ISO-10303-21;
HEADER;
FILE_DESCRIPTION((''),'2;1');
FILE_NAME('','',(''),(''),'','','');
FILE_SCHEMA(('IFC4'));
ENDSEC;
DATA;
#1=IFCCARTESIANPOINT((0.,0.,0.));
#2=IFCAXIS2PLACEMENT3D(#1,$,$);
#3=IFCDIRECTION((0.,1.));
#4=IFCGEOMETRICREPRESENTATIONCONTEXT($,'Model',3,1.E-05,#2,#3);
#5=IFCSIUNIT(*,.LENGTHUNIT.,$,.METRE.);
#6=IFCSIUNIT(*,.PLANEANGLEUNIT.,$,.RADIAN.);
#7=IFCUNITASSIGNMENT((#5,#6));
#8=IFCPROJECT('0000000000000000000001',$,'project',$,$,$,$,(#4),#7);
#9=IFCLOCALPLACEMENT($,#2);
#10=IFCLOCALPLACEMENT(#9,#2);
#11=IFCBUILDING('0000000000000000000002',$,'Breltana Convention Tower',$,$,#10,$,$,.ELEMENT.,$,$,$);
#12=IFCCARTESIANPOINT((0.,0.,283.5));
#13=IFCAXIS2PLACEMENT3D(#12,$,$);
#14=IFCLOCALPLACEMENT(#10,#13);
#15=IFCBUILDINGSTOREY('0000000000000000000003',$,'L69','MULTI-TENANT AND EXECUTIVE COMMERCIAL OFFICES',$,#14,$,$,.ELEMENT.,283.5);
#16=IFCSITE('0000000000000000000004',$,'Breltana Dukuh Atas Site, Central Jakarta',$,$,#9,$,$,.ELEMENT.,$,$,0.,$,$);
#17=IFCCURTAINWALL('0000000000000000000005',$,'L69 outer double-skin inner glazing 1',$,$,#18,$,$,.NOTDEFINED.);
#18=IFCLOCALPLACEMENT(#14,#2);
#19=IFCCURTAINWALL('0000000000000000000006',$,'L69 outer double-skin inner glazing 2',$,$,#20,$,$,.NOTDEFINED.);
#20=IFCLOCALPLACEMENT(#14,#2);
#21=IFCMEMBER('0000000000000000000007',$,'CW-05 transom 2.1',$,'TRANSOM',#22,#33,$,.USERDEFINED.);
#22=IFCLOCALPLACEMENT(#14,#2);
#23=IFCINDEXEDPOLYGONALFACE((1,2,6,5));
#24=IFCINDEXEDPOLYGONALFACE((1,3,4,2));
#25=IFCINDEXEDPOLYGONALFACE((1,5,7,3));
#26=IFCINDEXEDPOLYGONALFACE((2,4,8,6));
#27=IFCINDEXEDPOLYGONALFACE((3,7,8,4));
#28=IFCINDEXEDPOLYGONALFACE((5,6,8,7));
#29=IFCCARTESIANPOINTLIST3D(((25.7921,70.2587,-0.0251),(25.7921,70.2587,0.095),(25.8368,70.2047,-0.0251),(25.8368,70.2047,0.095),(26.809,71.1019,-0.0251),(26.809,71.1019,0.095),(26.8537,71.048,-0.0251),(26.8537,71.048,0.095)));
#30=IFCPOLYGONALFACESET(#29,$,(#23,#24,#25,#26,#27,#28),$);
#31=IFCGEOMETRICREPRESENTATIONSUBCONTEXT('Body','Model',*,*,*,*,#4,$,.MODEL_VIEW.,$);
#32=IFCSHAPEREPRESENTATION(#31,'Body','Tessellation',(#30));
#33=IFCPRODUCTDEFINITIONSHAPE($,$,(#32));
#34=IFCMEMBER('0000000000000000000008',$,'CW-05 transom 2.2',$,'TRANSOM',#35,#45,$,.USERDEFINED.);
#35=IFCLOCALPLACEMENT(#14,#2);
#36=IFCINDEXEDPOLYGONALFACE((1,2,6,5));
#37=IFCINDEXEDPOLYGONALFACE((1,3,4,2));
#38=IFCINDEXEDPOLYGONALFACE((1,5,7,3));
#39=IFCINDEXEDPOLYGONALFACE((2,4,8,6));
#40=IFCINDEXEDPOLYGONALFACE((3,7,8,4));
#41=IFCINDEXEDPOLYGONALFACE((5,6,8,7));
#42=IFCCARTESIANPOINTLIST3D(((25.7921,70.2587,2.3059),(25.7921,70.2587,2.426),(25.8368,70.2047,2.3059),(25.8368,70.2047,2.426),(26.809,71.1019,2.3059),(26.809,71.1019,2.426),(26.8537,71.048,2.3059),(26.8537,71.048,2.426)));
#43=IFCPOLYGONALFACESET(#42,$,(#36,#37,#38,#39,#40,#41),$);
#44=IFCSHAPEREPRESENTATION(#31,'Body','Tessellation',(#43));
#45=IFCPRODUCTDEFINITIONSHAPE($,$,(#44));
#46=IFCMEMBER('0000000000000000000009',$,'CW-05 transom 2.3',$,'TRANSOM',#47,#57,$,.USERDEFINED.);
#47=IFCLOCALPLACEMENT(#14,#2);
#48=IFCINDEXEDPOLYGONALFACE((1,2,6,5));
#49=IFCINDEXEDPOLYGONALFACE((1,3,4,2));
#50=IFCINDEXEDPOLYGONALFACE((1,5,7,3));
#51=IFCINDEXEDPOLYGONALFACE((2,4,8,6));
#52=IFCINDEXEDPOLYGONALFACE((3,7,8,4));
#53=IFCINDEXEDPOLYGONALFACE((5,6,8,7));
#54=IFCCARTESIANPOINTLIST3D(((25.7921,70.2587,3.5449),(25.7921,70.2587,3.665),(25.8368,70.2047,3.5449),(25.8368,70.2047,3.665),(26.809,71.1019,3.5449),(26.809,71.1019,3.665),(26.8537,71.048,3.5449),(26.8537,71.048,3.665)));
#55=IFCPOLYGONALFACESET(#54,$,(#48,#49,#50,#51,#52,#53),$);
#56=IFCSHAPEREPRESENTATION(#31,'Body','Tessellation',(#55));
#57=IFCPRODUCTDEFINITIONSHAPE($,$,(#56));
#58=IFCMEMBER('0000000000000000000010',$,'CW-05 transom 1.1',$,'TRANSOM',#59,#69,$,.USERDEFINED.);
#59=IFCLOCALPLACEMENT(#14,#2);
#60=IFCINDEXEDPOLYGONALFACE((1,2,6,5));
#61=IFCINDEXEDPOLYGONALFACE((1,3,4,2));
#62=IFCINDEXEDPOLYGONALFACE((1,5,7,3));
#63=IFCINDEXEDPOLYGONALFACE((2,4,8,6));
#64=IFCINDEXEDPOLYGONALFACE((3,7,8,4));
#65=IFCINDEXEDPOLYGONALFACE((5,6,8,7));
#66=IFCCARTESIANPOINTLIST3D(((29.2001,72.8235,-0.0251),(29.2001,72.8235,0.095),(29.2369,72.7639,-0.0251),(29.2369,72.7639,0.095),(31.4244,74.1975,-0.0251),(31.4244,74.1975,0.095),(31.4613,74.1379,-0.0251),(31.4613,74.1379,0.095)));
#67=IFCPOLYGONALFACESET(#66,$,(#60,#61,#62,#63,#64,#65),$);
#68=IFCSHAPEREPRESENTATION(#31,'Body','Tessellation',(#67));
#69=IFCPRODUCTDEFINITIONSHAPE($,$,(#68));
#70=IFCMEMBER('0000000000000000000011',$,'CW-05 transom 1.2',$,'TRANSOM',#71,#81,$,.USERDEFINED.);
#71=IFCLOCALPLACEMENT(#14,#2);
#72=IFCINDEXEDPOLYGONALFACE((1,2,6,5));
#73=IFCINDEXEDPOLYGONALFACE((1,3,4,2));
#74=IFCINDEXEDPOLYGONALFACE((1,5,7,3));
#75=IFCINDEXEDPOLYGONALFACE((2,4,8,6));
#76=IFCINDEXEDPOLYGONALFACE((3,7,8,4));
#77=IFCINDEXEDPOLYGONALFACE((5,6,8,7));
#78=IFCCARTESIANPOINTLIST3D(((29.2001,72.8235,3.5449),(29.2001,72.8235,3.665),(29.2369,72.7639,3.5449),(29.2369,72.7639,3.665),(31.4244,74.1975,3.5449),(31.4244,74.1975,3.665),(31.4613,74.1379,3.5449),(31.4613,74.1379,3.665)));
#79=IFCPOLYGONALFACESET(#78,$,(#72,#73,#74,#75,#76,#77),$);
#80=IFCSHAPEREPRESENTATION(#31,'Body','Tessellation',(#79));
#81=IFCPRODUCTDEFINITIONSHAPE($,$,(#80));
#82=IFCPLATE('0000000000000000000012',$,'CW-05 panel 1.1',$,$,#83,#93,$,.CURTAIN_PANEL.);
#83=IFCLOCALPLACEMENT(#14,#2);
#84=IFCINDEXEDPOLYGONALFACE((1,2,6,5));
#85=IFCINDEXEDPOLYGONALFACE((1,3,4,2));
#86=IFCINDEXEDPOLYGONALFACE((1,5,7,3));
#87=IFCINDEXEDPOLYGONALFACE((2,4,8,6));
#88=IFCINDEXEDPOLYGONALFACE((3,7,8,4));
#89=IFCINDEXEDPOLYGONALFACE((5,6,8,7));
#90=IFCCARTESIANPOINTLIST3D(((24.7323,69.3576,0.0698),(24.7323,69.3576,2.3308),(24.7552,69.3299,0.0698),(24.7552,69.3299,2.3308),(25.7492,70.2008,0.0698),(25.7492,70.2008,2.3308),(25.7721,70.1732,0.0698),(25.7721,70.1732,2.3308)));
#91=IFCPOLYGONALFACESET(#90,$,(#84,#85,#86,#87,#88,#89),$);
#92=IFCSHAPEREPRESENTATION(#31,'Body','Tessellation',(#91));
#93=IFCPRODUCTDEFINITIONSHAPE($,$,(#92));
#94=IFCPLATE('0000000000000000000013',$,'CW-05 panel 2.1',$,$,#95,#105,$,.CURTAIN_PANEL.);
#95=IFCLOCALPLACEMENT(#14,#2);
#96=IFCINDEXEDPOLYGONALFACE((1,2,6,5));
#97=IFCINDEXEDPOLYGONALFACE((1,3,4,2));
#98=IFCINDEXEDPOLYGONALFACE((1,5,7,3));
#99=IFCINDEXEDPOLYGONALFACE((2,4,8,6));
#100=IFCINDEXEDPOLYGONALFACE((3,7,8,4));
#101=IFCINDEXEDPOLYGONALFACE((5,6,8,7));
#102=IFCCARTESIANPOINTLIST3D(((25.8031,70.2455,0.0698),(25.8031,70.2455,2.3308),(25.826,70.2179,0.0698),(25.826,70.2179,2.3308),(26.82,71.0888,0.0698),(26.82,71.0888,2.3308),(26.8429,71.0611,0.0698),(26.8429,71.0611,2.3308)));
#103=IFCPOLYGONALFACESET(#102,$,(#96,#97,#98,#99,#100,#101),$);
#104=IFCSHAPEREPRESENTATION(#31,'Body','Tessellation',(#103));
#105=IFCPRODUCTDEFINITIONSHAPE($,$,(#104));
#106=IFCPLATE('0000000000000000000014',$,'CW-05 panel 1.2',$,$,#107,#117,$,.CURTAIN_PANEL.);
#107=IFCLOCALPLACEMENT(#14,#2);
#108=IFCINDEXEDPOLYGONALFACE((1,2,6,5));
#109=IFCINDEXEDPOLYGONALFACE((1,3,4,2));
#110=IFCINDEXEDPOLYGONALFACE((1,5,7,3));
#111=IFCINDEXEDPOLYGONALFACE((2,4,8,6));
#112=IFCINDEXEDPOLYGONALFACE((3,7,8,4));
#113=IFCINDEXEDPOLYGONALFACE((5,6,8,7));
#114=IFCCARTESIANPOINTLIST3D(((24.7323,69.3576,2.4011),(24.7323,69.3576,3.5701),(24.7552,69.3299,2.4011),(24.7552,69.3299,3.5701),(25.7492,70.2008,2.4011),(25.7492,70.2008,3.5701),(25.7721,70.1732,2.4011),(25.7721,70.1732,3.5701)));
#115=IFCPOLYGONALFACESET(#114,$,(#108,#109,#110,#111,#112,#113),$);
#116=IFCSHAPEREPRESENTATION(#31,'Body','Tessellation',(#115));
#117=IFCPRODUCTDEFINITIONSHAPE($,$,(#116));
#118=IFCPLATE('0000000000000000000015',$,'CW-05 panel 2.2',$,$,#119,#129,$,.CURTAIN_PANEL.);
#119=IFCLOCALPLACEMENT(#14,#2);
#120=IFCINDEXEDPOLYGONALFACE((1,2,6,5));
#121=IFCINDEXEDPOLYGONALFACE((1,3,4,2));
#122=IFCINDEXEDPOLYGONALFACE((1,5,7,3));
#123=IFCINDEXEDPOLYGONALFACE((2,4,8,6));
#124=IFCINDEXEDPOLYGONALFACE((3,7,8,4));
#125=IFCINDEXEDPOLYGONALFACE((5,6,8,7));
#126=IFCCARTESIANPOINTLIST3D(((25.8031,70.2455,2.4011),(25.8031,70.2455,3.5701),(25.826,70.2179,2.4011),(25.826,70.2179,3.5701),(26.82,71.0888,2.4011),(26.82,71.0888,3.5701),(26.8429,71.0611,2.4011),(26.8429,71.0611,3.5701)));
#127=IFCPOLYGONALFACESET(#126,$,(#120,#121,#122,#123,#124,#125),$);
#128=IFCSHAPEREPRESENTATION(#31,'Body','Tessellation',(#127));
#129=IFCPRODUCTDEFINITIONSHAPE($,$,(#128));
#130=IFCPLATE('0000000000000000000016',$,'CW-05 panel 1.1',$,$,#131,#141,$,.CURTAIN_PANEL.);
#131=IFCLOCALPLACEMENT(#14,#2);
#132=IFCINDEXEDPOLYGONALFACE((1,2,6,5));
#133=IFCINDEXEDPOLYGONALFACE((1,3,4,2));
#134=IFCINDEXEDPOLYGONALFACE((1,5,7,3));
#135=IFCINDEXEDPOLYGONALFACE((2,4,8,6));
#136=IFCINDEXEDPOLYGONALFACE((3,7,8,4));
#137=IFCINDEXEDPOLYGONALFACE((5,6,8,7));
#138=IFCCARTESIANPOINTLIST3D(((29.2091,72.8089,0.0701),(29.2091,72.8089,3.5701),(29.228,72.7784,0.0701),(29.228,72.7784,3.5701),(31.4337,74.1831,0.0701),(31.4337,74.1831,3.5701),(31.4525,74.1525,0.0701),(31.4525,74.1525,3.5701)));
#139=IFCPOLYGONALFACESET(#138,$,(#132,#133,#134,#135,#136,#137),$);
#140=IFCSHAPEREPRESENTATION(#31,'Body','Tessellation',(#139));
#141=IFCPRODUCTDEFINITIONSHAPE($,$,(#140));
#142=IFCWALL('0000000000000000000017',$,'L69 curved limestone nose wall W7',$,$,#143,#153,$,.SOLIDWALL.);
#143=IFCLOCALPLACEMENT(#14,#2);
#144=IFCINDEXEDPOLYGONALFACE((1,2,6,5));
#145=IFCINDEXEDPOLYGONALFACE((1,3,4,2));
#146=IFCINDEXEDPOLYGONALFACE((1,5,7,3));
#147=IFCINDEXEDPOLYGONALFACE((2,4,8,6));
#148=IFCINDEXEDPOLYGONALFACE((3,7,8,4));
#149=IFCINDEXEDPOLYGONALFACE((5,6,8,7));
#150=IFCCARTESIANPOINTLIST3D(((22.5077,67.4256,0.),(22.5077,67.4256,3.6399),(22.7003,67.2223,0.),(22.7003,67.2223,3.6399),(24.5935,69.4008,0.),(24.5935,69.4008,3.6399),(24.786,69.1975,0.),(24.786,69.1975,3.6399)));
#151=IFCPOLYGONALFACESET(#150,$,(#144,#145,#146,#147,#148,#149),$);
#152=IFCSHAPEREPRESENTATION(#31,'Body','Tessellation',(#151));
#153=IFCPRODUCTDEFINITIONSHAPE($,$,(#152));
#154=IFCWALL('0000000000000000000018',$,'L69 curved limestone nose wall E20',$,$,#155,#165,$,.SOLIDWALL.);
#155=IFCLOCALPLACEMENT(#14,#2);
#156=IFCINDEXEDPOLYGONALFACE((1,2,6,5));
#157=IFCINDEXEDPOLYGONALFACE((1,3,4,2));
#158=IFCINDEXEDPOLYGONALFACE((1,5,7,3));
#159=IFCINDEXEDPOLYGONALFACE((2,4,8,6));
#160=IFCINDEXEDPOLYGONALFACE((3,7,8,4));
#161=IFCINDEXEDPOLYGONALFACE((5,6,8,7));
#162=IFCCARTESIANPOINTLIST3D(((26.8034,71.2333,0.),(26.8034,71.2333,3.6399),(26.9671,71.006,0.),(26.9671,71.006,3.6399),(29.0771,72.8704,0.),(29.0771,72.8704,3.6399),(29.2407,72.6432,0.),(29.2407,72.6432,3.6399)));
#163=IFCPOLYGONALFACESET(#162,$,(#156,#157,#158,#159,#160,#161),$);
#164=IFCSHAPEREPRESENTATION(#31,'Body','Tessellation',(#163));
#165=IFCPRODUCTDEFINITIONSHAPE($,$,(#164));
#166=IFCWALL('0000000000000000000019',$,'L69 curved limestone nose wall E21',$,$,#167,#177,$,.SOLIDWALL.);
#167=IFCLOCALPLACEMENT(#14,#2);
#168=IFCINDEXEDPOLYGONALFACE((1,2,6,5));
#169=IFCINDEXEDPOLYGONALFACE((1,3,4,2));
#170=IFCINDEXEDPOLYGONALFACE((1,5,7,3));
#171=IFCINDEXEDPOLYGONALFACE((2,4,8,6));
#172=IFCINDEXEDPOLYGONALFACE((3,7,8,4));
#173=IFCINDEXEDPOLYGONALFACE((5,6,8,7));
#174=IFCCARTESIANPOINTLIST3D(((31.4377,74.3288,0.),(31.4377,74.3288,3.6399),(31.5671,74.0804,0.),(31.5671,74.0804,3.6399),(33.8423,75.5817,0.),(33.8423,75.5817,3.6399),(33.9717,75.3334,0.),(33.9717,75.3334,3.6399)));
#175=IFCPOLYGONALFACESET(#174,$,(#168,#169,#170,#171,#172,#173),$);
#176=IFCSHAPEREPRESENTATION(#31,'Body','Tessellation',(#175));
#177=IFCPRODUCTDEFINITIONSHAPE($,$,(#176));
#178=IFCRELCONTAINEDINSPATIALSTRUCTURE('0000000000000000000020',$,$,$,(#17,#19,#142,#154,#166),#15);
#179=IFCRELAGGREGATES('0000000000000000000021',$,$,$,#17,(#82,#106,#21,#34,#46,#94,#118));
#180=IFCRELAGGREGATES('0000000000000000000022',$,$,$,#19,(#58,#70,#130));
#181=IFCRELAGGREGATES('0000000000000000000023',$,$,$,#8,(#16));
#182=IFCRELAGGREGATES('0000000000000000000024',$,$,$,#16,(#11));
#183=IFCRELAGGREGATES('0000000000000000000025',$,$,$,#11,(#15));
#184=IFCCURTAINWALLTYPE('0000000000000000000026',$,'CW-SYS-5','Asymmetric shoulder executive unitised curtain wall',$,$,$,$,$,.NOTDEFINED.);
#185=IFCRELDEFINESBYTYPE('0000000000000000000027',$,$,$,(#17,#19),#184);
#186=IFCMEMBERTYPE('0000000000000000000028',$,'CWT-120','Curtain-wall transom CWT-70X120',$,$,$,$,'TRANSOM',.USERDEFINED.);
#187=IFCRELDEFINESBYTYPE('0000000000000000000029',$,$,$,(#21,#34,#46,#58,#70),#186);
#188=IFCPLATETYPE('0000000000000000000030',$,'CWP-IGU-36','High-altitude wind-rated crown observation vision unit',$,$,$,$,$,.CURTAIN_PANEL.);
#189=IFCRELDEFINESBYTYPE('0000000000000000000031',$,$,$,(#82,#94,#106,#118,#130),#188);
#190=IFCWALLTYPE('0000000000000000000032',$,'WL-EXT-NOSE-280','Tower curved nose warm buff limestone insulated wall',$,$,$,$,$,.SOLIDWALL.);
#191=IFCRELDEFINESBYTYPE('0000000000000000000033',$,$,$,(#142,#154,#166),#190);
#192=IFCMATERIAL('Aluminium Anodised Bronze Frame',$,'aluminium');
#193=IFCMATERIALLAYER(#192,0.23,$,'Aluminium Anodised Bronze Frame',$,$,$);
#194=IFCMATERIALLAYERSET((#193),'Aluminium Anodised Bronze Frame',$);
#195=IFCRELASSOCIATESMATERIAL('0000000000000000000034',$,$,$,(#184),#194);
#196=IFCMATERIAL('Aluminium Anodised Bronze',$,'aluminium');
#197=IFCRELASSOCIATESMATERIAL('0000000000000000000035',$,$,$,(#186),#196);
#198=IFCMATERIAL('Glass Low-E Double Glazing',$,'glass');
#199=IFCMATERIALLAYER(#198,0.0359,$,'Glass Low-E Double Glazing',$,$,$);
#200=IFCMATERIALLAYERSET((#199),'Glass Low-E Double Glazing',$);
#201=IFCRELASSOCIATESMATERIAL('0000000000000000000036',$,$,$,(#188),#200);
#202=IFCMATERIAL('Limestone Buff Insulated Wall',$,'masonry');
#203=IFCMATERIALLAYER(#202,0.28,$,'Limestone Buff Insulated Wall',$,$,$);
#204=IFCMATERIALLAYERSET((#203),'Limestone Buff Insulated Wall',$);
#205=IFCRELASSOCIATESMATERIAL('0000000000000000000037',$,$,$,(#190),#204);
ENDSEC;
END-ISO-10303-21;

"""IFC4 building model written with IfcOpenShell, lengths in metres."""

from ifc_helpers import new_model, si_unit, direction, frame, frame_2d, origin, origin_2d, place, context, subcontext, project, spatial, rectangle, extrude, source, transform, mapped, material, layer, layer_set, material_profile, profile_set, type_object, element, aggregate, save


model = new_model("IFC4")

# Units and contexts
model_context = context("Model", 3, precision=1e-05, world=origin(), true_north=direction((0.0, 1.0)))
body_context = subcontext(model_context, "Body", "Model", "MODEL_VIEW")
ifc_project = project(units=[si_unit("LENGTHUNIT", "METRE"), si_unit("PLANEANGLEUNIT", "RADIAN")], contexts=[model_context])

# Site, building, storey
site_placement = place(None, origin())
site = spatial("IfcSite", under=ifc_project, at=site_placement, Name="Breltana Dukuh Atas Site, Central Jakarta", CompositionType="ELEMENT", RefElevation=0.0)
building_placement = place(site_placement, origin())
building = spatial("IfcBuilding", under=site, at=building_placement, Name="Breltana Convention Tower", CompositionType="ELEMENT")
storey_placement = place(building_placement, frame((0.0, 0.0, 283.5)))
storey = spatial("IfcBuildingStorey", under=building, at=storey_placement, Name="L69", Description="MULTI-TENANT AND EXECUTIVE COMMERCIAL OFFICES", CompositionType="ELEMENT", Elevation=283.5)

# Curtain walls
ifc_material_1 = material(Name="Aluminium Anodised Bronze Frame", Category="aluminium")
ifc_layer_1 = layer(ifc_material_1, 0.23, Name="Aluminium Anodised Bronze Frame")
ifc_layer_set_1 = layer_set([ifc_layer_1], Name="Aluminium Anodised Bronze Frame")
curtain_wall_type = type_object("IfcCurtainWallType", Name="CW-SYS-5", Description="Asymmetric shoulder executive unitised curtain wall", PredefinedType="NOTDEFINED", material=ifc_layer_set_1)
curtain_wall_1_placement = place(storey_placement, origin())
curtain_wall_1 = element("IfcCurtainWall", 1, at=curtain_wall_1_placement, inside=storey, type_object=curtain_wall_type, Name="L69 outer double-skin inner glazing 1", PredefinedType="NOTDEFINED")
ifc_material_2 = material(Name="Aluminium Anodised Bronze", Category="aluminium")
curtain_wall_2_placement = place(storey_placement, origin())
curtain_wall_2 = element("IfcCurtainWall", 2, at=curtain_wall_2_placement, inside=storey, type_object=curtain_wall_type, Name="L69 outer double-skin inner glazing 2", PredefinedType="NOTDEFINED")

# Members
ifc_material_profile_1 = material_profile(ifc_material_2, rectangle(XDim=0.0701, YDim=0.1201, at=origin_2d()), Name="CWT-70X120")
ifc_profile_set_1 = profile_set([ifc_material_profile_1], Name="Aluminium Anodised Bronze")
member_type_1 = type_object("IfcMemberType", Name="CWT-120", Description="Curtain-wall transom CWT-70X120", ElementType="TRANSOM", PredefinedType="USERDEFINED", material=ifc_profile_set_1)
shared_shape_1 = source(origin(), body_context, "Body", "SweptSolid", [
    extrude(rectangle(XDim=0.0701, YDim=0.1201, at=origin_2d()), origin(), (0.0, 0.0, 1.0), 1.321),
])
member_1_placement = place(storey_placement, frame((25.8145, 70.2317, 0.0349), z_axis=(0.769749, 0.638347, 0.0), x_axis=(-0.638347, 0.769749, 0.0)))
member_1 = element("IfcMember", 3, at=member_1_placement, type_object=member_type_1, Name="CW-05 transom 2.1", ObjectType="TRANSOM", PredefinedType="USERDEFINED", context=body_context, shape_type="MappedRepresentation", body=[
    mapped(shared_shape_1, transform((0.0, 0.0, 0.0), scale=1.0)),
])
member_2_placement = place(storey_placement, frame((25.8145, 70.2317, 2.366), z_axis=(0.769749, 0.638347, 0.0), x_axis=(-0.638347, 0.769749, 0.0)))
member_2 = element("IfcMember", 4, at=member_2_placement, type_object=member_type_1, Name="CW-05 transom 2.2", ObjectType="TRANSOM", PredefinedType="USERDEFINED", context=body_context, shape_type="MappedRepresentation", body=[
    mapped(shared_shape_1, transform((0.0, 0.0, 0.0), scale=1.0)),
])
member_3_placement = place(storey_placement, frame((25.8145, 70.2317, 3.605), z_axis=(0.769749, 0.638347, 0.0), x_axis=(-0.638347, 0.769749, 0.0)))
member_3 = element("IfcMember", 5, at=member_3_placement, type_object=member_type_1, Name="CW-05 transom 2.3", ObjectType="TRANSOM", PredefinedType="USERDEFINED", context=body_context, shape_type="MappedRepresentation", body=[
    mapped(shared_shape_1, transform((0.0, 0.0, 0.0), scale=1.0)),
])
shared_shape_2 = source(origin(), body_context, "Body", "SweptSolid", [
    extrude(rectangle(XDim=0.0701, YDim=0.1201, at=origin_2d()), origin(), (0.0, 0.0, 1.0), 2.6145),
])
member_4_placement = place(storey_placement, frame((29.2185, 72.7937, 0.0349), z_axis=(0.850772, 0.525535, 0.0), x_axis=(-0.525535, 0.850772, 0.0)))
member_4 = element("IfcMember", 6, at=member_4_placement, type_object=member_type_1, Name="CW-05 transom 1.1", ObjectType="TRANSOM", PredefinedType="USERDEFINED", context=body_context, shape_type="MappedRepresentation", body=[
    mapped(shared_shape_2, transform((0.0, 0.0, 0.0), scale=1.0)),
])
member_5_placement = place(storey_placement, frame((29.2185, 72.7937, 3.605), z_axis=(0.850772, 0.525535, 0.0), x_axis=(-0.525535, 0.850772, 0.0)))
member_5 = element("IfcMember", 7, at=member_5_placement, type_object=member_type_1, Name="CW-05 transom 1.2", ObjectType="TRANSOM", PredefinedType="USERDEFINED", context=body_context, shape_type="MappedRepresentation", body=[
    mapped(shared_shape_2, transform((0.0, 0.0, 0.0), scale=1.0)),
])

# Plates
ifc_material_3 = material(Name="Glass Low-E Double Glazing", Category="glass")
ifc_layer_2 = layer(ifc_material_3, 0.0359, Name="Glass Low-E Double Glazing")
ifc_layer_set_2 = layer_set([ifc_layer_2], Name="Glass Low-E Double Glazing")
plate_type = type_object("IfcPlateType", Name="CWP-IGU-36", Description="High-altitude wind-rated crown observation vision unit", PredefinedType="CURTAIN_PANEL", material=ifc_layer_set_2)
shared_shape_3 = source(origin(), body_context, "Body", "SweptSolid", [
    extrude(rectangle(XDim=1.321, YDim=0.0359, at=origin_2d()), origin(), (0.0, 0.0, 1.0), 2.261),
])
plate_1_placement = place(storey_placement, frame((25.2522, 69.7654, 0.0698), z_axis=(0.0, 0.0, 1.0), x_axis=(0.769771, 0.63832, 0.0)))
plate_1 = element("IfcPlate", 8, at=plate_1_placement, type_object=plate_type, Name="CW-05 panel 1.1", PredefinedType="CURTAIN_PANEL", context=body_context, shape_type="MappedRepresentation", body=[
    mapped(shared_shape_3, transform((0.0, 0.0, 0.0), scale=1.0)),
])
plate_2_placement = place(storey_placement, frame((26.323, 70.6533, 0.0698), z_axis=(0.0, 0.0, 1.0), x_axis=(0.769771, 0.63832, 0.0)))
plate_2 = element("IfcPlate", 9, at=plate_2_placement, type_object=plate_type, Name="CW-05 panel 2.1", PredefinedType="CURTAIN_PANEL", context=body_context, shape_type="MappedRepresentation", body=[
    mapped(shared_shape_3, transform((0.0, 0.0, 0.0), scale=1.0)),
])
shared_shape_4 = source(origin(), body_context, "Body", "SweptSolid", [
    extrude(rectangle(XDim=1.321, YDim=0.0359, at=origin_2d()), origin(), (0.0, 0.0, 1.0), 1.1689),
])
plate_3_placement = place(storey_placement, frame((25.2522, 69.7654, 2.4011), z_axis=(0.0, 0.0, 1.0), x_axis=(0.769771, 0.63832, 0.0)))
plate_3 = element("IfcPlate", 10, at=plate_3_placement, type_object=plate_type, Name="CW-05 panel 1.2", PredefinedType="CURTAIN_PANEL", context=body_context, shape_type="MappedRepresentation", body=[
    mapped(shared_shape_4, transform((0.0, 0.0, 0.0), scale=1.0)),
])
plate_4_placement = place(storey_placement, frame((26.323, 70.6533, 2.4011), z_axis=(0.0, 0.0, 1.0), x_axis=(0.769771, 0.63832, 0.0)))
plate_4 = element("IfcPlate", 11, at=plate_4_placement, type_object=plate_type, Name="CW-05 panel 2.2", PredefinedType="CURTAIN_PANEL", context=body_context, shape_type="MappedRepresentation", body=[
    mapped(shared_shape_4, transform((0.0, 0.0, 0.0), scale=1.0)),
])
aggregate(curtain_wall_1, [plate_1, plate_3, member_1, member_2, member_3, plate_2, plate_4])
shared_shape_5 = source(origin(), body_context, "Body", "SweptSolid", [
    extrude(rectangle(XDim=2.6147, YDim=0.0359, at=origin_2d()), origin(), (0.0, 0.0, 1.0), 3.5),
])
plate_5_placement = place(storey_placement, frame((30.3308, 73.4807, 0.0701), z_axis=(0.0, 0.0, 1.0), x_axis=(0.850768, 0.525541, 0.0)))
plate_5 = element("IfcPlate", 12, at=plate_5_placement, type_object=plate_type, Name="CW-05 panel 1.1", PredefinedType="CURTAIN_PANEL", context=body_context, shape_type="MappedRepresentation", body=[
    mapped(shared_shape_5, transform((0.0, 0.0, 0.0), scale=1.0)),
])
aggregate(curtain_wall_2, [member_4, member_5, plate_5])

# Walls
ifc_material_4 = material(Name="Limestone Buff Insulated Wall", Category="masonry")
ifc_layer_3 = layer(ifc_material_4, 0.28, Name="Limestone Buff Insulated Wall")
ifc_layer_set_3 = layer_set([ifc_layer_3], Name="Limestone Buff Insulated Wall")
wall_type = type_object("IfcWallType", Name="WL-EXT-NOSE-280", Description="Tower curved nose warm buff limestone insulated wall", PredefinedType="SOLIDWALL", material=ifc_layer_set_3)
shared_shape_6 = source(origin(), body_context, "Body", "SweptSolid", [
    extrude(rectangle(XDim=2.8726, YDim=0.28, at=frame_2d((1.4363, 0.0))), origin(), (0.0, 0.0, 1.0), 3.6399),
])
wall_1_placement = place(storey_placement, frame((22.604, 67.324, 0.0), z_axis=(0.0, 0.0, 1.0), x_axis=(0.726096, 0.687594, 0.0)))
element("IfcWall", 13, at=wall_1_placement, inside=storey, type_object=wall_type, Name="L69 curved limestone nose wall W7", PredefinedType="SOLIDWALL", context=body_context, shape_type="MappedRepresentation", body=[
    mapped(shared_shape_6, transform((0.0, 0.0, 0.0), scale=1.0)),
])
shared_shape_7 = source(origin(), body_context, "Body", "SweptSolid", [
    extrude(rectangle(XDim=2.8018, YDim=0.28, at=frame_2d((1.4009, 0.0))), origin(), (0.0, 0.0, 1.0), 3.6399),
])
wall_2_placement = place(storey_placement, frame((26.8853, 71.1196, 0.0), z_axis=(0.0, 0.0, 1.0), x_axis=(0.811508, 0.584341, 0.0)))
element("IfcWall", 14, at=wall_2_placement, inside=storey, type_object=wall_type, Name="L69 curved limestone nose wall E20", PredefinedType="SOLIDWALL", context=body_context, shape_type="MappedRepresentation", body=[
    mapped(shared_shape_7, transform((0.0, 0.0, 0.0), scale=1.0)),
])
shared_shape_8 = source(origin(), body_context, "Body", "SweptSolid", [
    extrude(rectangle(XDim=2.7114, YDim=0.28, at=frame_2d((1.3557, 0.0))), origin(), (0.0, 0.0, 1.0), 3.6399),
])
wall_3_placement = place(storey_placement, frame((31.5024, 74.2046, 0.0), z_axis=(0.0, 0.0, 1.0), x_axis=(0.886829, 0.462098, 0.0)))
element("IfcWall", 15, at=wall_3_placement, inside=storey, type_object=wall_type, Name="L69 curved limestone nose wall E21", PredefinedType="SOLIDWALL", context=body_context, shape_type="MappedRepresentation", body=[
    mapped(shared_shape_8, transform((0.0, 0.0, 0.0), scale=1.0)),
])

save(model, "model.ifc")
